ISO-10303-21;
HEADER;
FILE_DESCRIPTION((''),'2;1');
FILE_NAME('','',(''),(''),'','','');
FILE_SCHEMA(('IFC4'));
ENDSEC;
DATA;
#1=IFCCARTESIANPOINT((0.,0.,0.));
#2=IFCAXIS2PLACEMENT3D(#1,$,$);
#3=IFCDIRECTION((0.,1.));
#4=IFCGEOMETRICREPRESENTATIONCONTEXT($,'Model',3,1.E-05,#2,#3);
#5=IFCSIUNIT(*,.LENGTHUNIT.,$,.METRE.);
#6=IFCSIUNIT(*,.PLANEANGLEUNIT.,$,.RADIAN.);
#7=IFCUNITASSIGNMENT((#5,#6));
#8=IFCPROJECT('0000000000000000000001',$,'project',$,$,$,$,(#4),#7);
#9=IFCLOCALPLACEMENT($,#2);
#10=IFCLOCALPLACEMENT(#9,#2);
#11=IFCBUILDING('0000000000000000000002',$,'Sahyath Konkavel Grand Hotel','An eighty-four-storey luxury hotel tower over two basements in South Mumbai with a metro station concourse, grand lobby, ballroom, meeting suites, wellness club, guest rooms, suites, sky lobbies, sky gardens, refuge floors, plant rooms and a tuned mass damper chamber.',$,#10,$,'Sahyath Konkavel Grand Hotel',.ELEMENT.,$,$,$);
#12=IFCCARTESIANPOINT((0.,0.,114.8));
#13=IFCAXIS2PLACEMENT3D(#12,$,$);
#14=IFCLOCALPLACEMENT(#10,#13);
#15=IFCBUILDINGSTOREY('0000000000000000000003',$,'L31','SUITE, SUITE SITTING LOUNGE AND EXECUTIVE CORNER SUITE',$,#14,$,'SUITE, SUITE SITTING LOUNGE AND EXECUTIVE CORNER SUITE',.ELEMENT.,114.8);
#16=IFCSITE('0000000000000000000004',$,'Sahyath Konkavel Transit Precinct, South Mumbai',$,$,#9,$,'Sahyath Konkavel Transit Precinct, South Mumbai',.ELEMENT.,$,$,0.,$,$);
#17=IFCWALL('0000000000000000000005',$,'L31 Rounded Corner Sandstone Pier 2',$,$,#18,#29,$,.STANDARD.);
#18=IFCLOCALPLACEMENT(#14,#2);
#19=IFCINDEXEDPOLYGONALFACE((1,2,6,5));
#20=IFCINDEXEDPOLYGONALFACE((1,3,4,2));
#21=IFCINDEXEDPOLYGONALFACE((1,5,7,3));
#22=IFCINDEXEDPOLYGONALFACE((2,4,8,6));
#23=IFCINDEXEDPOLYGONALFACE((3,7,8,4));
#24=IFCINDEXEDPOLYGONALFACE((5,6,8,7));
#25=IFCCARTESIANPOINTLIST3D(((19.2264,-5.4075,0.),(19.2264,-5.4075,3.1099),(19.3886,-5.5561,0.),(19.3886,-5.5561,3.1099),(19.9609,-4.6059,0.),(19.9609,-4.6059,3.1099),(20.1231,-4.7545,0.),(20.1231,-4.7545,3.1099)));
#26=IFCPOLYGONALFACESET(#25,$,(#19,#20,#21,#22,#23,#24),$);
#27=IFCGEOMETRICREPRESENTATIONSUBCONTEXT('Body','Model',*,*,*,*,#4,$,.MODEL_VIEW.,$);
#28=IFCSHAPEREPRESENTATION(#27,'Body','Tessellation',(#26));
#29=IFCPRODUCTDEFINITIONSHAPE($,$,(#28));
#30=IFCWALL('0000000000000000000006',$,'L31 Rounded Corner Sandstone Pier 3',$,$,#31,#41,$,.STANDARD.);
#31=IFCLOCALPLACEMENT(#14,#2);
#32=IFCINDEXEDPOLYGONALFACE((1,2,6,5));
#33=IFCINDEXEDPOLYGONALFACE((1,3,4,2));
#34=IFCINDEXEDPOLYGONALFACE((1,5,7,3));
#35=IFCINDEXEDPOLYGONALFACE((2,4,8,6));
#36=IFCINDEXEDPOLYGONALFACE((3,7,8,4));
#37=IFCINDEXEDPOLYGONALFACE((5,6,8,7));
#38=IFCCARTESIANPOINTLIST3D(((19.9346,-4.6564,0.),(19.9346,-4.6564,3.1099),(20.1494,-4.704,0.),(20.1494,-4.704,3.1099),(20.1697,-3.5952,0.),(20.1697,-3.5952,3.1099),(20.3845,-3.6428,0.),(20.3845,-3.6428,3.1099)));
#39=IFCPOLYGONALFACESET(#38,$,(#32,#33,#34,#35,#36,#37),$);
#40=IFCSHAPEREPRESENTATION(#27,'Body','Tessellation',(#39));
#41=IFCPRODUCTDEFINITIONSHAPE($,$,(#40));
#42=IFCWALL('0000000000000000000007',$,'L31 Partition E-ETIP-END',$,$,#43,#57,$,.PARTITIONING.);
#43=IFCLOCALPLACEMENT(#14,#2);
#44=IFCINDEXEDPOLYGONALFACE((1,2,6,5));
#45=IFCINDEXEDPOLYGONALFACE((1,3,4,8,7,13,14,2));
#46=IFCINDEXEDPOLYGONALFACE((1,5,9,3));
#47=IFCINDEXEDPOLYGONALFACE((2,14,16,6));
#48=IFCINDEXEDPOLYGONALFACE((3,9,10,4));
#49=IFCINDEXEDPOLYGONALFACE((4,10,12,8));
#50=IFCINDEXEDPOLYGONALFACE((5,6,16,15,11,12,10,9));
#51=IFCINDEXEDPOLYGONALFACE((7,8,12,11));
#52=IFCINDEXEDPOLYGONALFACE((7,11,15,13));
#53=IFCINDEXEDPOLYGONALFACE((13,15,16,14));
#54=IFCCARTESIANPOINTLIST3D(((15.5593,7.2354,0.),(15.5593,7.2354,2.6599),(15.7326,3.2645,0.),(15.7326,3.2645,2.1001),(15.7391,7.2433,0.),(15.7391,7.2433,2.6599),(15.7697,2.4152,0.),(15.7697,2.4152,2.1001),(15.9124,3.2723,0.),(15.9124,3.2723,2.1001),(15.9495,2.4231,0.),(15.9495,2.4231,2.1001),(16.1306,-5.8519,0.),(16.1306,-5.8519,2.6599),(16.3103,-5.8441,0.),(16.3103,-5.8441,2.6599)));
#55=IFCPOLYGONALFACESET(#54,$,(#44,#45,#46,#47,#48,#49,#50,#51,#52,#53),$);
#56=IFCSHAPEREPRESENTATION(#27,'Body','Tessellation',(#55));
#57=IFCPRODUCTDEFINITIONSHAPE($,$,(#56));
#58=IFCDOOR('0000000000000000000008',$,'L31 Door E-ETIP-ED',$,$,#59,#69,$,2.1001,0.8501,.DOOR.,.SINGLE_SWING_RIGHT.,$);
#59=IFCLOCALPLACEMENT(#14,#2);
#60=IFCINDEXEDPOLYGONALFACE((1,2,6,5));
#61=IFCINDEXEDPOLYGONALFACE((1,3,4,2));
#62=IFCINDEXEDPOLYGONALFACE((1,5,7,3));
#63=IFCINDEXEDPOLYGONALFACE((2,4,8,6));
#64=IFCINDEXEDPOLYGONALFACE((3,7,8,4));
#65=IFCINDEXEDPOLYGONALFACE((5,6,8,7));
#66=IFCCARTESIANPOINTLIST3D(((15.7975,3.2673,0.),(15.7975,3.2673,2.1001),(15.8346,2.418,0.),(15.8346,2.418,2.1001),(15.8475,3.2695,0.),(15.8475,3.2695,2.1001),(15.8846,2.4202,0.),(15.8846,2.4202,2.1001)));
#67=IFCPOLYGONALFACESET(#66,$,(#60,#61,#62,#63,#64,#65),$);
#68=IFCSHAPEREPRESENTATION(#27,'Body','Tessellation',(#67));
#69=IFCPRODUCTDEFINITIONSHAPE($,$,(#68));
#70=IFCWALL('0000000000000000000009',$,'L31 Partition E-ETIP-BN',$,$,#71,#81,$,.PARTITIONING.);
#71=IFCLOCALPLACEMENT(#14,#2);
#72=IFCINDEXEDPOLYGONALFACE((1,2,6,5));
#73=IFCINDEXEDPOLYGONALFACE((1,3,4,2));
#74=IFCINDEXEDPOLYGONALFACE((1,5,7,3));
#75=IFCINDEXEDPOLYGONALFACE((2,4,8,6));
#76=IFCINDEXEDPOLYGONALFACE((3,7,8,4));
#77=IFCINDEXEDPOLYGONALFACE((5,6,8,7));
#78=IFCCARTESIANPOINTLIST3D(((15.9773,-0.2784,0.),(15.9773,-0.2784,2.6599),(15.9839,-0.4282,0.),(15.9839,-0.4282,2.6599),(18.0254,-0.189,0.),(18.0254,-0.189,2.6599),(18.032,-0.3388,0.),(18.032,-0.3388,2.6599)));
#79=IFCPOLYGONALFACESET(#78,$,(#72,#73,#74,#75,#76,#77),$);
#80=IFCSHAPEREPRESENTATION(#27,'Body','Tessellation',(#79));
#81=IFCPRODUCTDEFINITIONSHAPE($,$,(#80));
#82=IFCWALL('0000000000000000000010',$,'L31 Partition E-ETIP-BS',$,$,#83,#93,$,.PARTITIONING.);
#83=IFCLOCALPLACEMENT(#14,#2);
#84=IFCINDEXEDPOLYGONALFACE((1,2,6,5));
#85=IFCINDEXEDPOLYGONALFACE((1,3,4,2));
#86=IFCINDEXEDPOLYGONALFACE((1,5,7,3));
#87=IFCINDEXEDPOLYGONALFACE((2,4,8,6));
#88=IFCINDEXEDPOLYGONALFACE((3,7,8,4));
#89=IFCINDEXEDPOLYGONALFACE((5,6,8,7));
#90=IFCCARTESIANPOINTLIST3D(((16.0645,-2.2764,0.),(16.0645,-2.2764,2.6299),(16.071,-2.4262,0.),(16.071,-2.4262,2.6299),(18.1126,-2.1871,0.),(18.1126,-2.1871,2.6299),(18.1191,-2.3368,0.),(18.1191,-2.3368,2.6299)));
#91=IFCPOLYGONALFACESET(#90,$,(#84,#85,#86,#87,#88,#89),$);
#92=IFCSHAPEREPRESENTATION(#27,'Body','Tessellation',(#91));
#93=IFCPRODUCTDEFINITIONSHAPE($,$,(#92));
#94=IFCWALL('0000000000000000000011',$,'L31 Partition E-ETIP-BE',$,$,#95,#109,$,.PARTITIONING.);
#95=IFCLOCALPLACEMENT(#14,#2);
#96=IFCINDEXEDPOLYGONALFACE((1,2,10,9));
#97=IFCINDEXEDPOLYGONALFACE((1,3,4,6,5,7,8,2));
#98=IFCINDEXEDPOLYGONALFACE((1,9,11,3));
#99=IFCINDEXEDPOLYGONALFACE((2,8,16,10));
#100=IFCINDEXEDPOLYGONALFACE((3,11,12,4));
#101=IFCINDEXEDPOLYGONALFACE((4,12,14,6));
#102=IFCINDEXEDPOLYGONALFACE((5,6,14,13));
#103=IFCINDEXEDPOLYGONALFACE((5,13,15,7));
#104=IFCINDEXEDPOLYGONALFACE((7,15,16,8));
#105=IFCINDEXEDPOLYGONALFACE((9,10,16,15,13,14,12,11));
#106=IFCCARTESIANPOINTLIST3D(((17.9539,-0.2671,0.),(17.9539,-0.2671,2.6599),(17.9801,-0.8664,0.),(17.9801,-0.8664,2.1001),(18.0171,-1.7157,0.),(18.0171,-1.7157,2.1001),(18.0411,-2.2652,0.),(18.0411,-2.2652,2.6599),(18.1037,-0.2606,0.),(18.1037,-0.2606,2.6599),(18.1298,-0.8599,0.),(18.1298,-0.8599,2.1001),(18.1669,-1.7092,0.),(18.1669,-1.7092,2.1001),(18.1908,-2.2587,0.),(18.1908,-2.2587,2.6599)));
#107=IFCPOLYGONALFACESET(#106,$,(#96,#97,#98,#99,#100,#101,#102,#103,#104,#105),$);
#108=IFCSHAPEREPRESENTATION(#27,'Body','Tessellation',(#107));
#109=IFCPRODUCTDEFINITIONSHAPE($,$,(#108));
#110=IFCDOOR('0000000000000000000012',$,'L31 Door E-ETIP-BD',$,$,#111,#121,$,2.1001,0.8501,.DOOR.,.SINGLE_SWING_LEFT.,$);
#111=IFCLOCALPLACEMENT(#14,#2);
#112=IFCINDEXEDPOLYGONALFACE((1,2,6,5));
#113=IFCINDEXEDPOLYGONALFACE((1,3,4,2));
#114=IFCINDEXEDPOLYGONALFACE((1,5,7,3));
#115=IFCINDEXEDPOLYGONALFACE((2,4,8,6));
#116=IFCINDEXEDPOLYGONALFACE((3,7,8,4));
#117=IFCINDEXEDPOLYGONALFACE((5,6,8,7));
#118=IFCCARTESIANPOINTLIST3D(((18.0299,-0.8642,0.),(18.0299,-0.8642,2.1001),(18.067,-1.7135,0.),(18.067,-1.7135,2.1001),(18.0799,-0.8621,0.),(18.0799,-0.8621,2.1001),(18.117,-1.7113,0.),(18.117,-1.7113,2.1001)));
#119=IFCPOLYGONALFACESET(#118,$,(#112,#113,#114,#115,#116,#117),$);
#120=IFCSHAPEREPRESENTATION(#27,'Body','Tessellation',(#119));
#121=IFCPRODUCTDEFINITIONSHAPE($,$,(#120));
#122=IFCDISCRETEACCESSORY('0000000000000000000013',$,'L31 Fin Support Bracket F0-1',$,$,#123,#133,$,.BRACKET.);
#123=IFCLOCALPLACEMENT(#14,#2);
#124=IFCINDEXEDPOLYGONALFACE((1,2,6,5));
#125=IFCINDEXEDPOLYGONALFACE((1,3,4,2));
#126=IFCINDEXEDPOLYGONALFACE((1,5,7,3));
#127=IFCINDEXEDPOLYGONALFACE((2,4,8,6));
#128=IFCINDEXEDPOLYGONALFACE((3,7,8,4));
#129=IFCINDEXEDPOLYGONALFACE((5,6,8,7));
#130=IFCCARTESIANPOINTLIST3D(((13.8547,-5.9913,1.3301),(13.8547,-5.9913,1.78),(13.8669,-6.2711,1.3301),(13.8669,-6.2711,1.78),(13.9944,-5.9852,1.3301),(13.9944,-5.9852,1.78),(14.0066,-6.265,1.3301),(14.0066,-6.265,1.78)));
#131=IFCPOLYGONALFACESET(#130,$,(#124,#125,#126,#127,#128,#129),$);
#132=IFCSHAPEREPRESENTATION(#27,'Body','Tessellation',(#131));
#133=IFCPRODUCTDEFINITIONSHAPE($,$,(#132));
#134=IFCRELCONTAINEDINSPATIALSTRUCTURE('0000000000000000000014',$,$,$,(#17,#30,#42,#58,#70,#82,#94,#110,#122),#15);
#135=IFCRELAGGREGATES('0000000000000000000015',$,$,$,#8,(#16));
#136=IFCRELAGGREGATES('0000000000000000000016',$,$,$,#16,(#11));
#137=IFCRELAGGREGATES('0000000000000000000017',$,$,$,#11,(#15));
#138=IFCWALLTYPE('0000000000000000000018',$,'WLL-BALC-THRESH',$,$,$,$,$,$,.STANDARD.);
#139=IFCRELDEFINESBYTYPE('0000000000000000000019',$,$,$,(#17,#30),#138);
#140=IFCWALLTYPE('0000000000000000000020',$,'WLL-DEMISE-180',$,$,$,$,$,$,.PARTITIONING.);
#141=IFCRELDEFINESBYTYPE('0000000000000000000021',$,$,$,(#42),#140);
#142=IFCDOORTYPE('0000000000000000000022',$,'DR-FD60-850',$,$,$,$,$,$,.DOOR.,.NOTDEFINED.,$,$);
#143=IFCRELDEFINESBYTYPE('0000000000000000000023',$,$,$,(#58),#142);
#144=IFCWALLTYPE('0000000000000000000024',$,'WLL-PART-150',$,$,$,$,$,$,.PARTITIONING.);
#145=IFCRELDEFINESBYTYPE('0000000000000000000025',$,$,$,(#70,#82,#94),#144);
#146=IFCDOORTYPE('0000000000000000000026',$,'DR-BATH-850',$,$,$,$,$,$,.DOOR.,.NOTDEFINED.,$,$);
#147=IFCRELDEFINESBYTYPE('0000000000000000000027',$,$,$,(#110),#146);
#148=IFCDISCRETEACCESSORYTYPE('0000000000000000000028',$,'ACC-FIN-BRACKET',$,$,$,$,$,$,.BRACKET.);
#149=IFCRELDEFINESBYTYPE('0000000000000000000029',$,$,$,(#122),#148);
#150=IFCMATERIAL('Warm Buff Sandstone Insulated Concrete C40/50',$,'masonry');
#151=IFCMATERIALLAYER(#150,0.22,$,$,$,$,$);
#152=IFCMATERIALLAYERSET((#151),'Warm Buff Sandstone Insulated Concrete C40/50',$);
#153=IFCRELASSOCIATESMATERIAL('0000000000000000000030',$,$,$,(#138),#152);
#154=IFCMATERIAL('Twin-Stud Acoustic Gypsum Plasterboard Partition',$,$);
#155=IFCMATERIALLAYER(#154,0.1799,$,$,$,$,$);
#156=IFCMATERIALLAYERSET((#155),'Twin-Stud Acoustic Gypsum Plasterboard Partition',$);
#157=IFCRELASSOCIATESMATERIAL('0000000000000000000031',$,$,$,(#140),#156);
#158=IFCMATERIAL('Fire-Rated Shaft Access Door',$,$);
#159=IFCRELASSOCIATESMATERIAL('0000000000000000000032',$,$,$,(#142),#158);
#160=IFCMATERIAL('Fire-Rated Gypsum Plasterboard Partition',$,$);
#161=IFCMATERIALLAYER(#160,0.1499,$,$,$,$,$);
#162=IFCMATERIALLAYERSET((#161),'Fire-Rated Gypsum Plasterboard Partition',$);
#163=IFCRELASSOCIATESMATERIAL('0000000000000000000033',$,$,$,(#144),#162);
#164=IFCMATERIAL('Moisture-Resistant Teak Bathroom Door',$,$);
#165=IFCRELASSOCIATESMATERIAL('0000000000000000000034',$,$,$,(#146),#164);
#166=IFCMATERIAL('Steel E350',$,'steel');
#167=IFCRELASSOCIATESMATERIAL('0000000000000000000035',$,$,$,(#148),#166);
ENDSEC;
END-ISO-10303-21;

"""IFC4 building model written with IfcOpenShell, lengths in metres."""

from ifc_helpers import new_model, si_unit, direction, frame, frame_2d, origin, origin_2d, place, context, subcontext, project, spatial, rectangle, extrude, source, transform, mapped, material, layer, layer_set, type_object, element, fill, save


model = new_model("IFC4")

# Units and contexts
model_context = context("Model", 3, precision=1e-05, world=origin(), true_north=direction((0.0, 1.0)))
body_context = subcontext(model_context, "Body", "Model", "MODEL_VIEW")
ifc_project = project(units=[si_unit("LENGTHUNIT", "METRE"), si_unit("PLANEANGLEUNIT", "RADIAN")], contexts=[model_context])

# Site, building, storey
site_placement = place(None, origin())
site = spatial("IfcSite", under=ifc_project, at=site_placement, Name="Sahyath Konkavel Transit Precinct, South Mumbai", LongName="Sahyath Konkavel Transit Precinct, South Mumbai", CompositionType="ELEMENT", RefElevation=0.0)
building_placement = place(site_placement, origin())
building = spatial("IfcBuilding", under=site, at=building_placement, Name="Sahyath Konkavel Grand Hotel", Description="An eighty-four-storey luxury hotel tower over two basements in South Mumbai with a metro station concourse, grand lobby, ballroom, meeting suites, wellness club, guest rooms, suites, sky lobbies, sky gardens, refuge floors, plant rooms and a tuned mass damper chamber.", LongName="Sahyath Konkavel Grand Hotel", CompositionType="ELEMENT")
storey_placement = place(building_placement, frame((0.0, 0.0, 114.8)))
storey = spatial("IfcBuildingStorey", under=building, at=storey_placement, Name="L31", Description="SUITE, SUITE SITTING LOUNGE AND EXECUTIVE CORNER SUITE", LongName="SUITE, SUITE SITTING LOUNGE AND EXECUTIVE CORNER SUITE", CompositionType="ELEMENT", Elevation=114.8)

# Shared definitions
ifc_material_1 = material(Name="Steel E350", Category="steel")

# Walls
ifc_material_2 = material(Name="Warm Buff Sandstone Insulated Concrete C40/50", Category="masonry")
ifc_layer_1 = layer(ifc_material_2, 0.22)
ifc_layer_set_1 = layer_set([ifc_layer_1], Name="Warm Buff Sandstone Insulated Concrete C40/50")
wall_type_1 = type_object("IfcWallType", Name="WLL-BALC-THRESH", PredefinedType="STANDARD", material=ifc_layer_set_1)
for number, where, z_axis, x_axis, name in (
    (1, (19.3076, -5.4817, 0.0), (0.0, 0.0, 1.0), (0.675552, 0.737313, 0.0), "L31 Rounded Corner Sandstone Pier 2"),
):
    element("IfcWall", number, at=place(storey_placement, frame(where, z_axis=z_axis, x_axis=x_axis)), inside=storey, type_object=wall_type_1, Name=name, PredefinedType="STANDARD", context=body_context, shape_type="SweptSolid", body=[
        extrude(rectangle(XDim=1.0872, YDim=0.22, at=frame_2d((0.5435, 0.0))), origin(), (0.0, 0.0, 1.0), 3.1099),
    ])
wall_1_placement = place(storey_placement, frame((20.042, -4.6802, 0.0), z_axis=(0.0, 0.0, 1.0), x_axis=(0.216288, 0.97633, 0.0)))
element("IfcWall", 2, at=wall_1_placement, inside=storey, type_object=wall_type_1, Name="L31 Rounded Corner Sandstone Pier 3", PredefinedType="STANDARD", context=body_context, shape_type="SweptSolid", body=[
    extrude(rectangle(XDim=1.0869, YDim=0.22, at=frame_2d((0.5435, 0.0))), origin(), (0.0, 0.0, 1.0), 3.1099),
])

# Wall, opening, door
ifc_material_3 = material(Name="Twin-Stud Acoustic Gypsum Plasterboard Partition")
ifc_layer_2 = layer(ifc_material_3, 0.1799)
ifc_layer_set_2 = layer_set([ifc_layer_2], Name="Twin-Stud Acoustic Gypsum Plasterboard Partition")
wall_type_2 = type_object("IfcWallType", Name="WLL-DEMISE-180", PredefinedType="PARTITIONING", material=ifc_layer_set_2)
wall_2_placement = place(storey_placement, frame((16.2205, -5.8479, 0.0), z_axis=(0.0, 0.0, 1.0), x_axis=(-0.04361, 0.999049, 0.0)))
wall_2 = element("IfcWall", 3, at=wall_2_placement, inside=storey, type_object=wall_type_2, Name="L31 Partition E-ETIP-END", PredefinedType="PARTITIONING", context=body_context, shape_type="SweptSolid", body=[
    extrude(rectangle(XDim=13.0999, YDim=0.1799, at=frame_2d((6.5498, 0.0))), origin(), (0.0, 0.0, 1.0), 2.6599),
])
opening_1_placement = place(wall_2_placement, frame((8.2749, 0.0, 0.0)))
opening_1 = element("IfcOpeningElement", 4, at=opening_1_placement, cuts=wall_2, PredefinedType="OPENING", context=body_context, shape_type="SweptSolid", body=[
    extrude(rectangle(XDim=0.8501, YDim=2.1001, at=frame_2d((0.425, 1.05))), frame((0.0, 0.1001, 0.0), z_axis=(0.0, -1.0, 0.0), x_axis=(1.0, 0.0, 0.0)), (0.0, 0.0, 1.0), 0.2),
])
ifc_material_4 = material(Name="Fire-Rated Shaft Access Door")
door_type_1 = type_object("IfcDoorType", Name="DR-FD60-850", OperationType="NOTDEFINED", PredefinedType="DOOR", material=ifc_material_4)
shared_shape_1 = source(origin(), body_context, "Body", "SweptSolid", [
    extrude(rectangle(XDim=0.8501, YDim=0.05, at=origin_2d()), origin(), (0.0, 0.0, 1.0), 2.1001),
])
door_1_placement = place(opening_1_placement, frame((0.425, 0.0, 0.0)))
door_1 = element("IfcDoor", 5, at=door_1_placement, inside=storey, type_object=door_type_1, Name="L31 Door E-ETIP-ED", OperationType="SINGLE_SWING_RIGHT", OverallHeight=2.1001, OverallWidth=0.8501, PredefinedType="DOOR", context=body_context, shape_type="MappedRepresentation", body=[
    mapped(shared_shape_1, transform((0.0, 0.0, 0.0), scale=1.0)),
])
fill(opening_1, door_1)

# Walls
ifc_material_5 = material(Name="Fire-Rated Gypsum Plasterboard Partition")
ifc_layer_3 = layer(ifc_material_5, 0.1499)
ifc_layer_set_3 = layer_set([ifc_layer_3], Name="Fire-Rated Gypsum Plasterboard Partition")
wall_type_3 = type_object("IfcWallType", Name="WLL-PART-150", PredefinedType="PARTITIONING", material=ifc_layer_set_3)
wall_3_placement = place(storey_placement, frame((15.9807, -0.3533, 0.0), z_axis=(0.0, 0.0, 1.0), x_axis=(0.99905, 0.043587, 0.0)))
element("IfcWall", 6, at=wall_3_placement, inside=storey, type_object=wall_type_3, Name="L31 Partition E-ETIP-BN", PredefinedType="PARTITIONING", context=body_context, shape_type="SweptSolid", body=[
    extrude(rectangle(XDim=2.05, YDim=0.1499, at=frame_2d((1.0249, 0.0))), origin(), (0.0, 0.0, 1.0), 2.6599),
])
wall_4_placement = place(storey_placement, frame((16.0679, -2.3513, 0.0), z_axis=(0.0, 0.0, 1.0), x_axis=(0.99905, 0.043587, 0.0)))
element("IfcWall", 7, at=wall_4_placement, inside=storey, type_object=wall_type_3, Name="L31 Partition E-ETIP-BS", PredefinedType="PARTITIONING", context=body_context, shape_type="SweptSolid", body=[
    extrude(rectangle(XDim=2.05, YDim=0.1499, at=frame_2d((1.0249, 0.0))), origin(), (0.0, 0.0, 1.0), 2.6299),
])

# Wall, opening, door
wall_5_placement = place(storey_placement, frame((18.116, -2.262, 0.0), z_axis=(0.0, 0.0, 1.0), x_axis=(-0.04358, 0.99905, 0.0)))
wall_5 = element("IfcWall", 8, at=wall_5_placement, inside=storey, type_object=wall_type_3, Name="L31 Partition E-ETIP-BE", PredefinedType="PARTITIONING", context=body_context, shape_type="SweptSolid", body=[
    extrude(rectangle(XDim=2.0, YDim=0.1499, at=frame_2d((1.0, 0.0))), origin(), (0.0, 0.0, 1.0), 2.6599),
])
opening_2_placement = place(wall_5_placement, frame((0.55, 0.0, 0.0)))
opening_2 = element("IfcOpeningElement", 9, at=opening_2_placement, cuts=wall_5, PredefinedType="OPENING", context=body_context, shape_type="SweptSolid", body=[
    extrude(rectangle(XDim=0.8501, YDim=2.1001, at=frame_2d((0.425, 1.05))), frame((0.0, 0.085, 0.0), z_axis=(0.0, -1.0, 0.0), x_axis=(1.0, 0.0, 0.0)), (0.0, 0.0, 1.0), 0.1699),
])
ifc_material_6 = material(Name="Moisture-Resistant Teak Bathroom Door")
door_type_2 = type_object("IfcDoorType", Name="DR-BATH-850", OperationType="NOTDEFINED", PredefinedType="DOOR", material=ifc_material_6)
door_2_placement = place(opening_2_placement, frame((0.425, 0.0, 0.0)))
door_2 = element("IfcDoor", 10, at=door_2_placement, inside=storey, type_object=door_type_2, Name="L31 Door E-ETIP-BD", OperationType="SINGLE_SWING_LEFT", OverallHeight=2.1001, OverallWidth=0.8501, PredefinedType="DOOR", context=body_context, shape_type="MappedRepresentation", body=[
    mapped(shared_shape_1, transform((0.0, 0.0, 0.0), scale=1.0)),
])
fill(opening_2, door_2)

# Discrete accessory
discrete_accessory_type = type_object("IfcDiscreteAccessoryType", Name="ACC-FIN-BRACKET", PredefinedType="BRACKET", material=ifc_material_1)
shared_shape_2 = source(origin(), body_context, "Body", "SweptSolid", [
    extrude(rectangle(XDim=0.28, YDim=0.1399, at=origin_2d()), origin(), (0.0, 0.0, 1.0), 0.45),
])
discrete_accessory_placement = place(storey_placement, frame((13.9307, -6.1282, 1.3301), z_axis=(0.0, 0.0, 1.0), x_axis=(0.043602, -0.999049, 0.0)))
element("IfcDiscreteAccessory", 11, at=discrete_accessory_placement, inside=storey, type_object=discrete_accessory_type, Name="L31 Fin Support Bracket F0-1", PredefinedType="BRACKET", context=body_context, shape_type="MappedRepresentation", body=[
    mapped(shared_shape_2, transform((0.0, 0.0, 0.0), scale=1.0)),
])

save(model, "model.ifc")
